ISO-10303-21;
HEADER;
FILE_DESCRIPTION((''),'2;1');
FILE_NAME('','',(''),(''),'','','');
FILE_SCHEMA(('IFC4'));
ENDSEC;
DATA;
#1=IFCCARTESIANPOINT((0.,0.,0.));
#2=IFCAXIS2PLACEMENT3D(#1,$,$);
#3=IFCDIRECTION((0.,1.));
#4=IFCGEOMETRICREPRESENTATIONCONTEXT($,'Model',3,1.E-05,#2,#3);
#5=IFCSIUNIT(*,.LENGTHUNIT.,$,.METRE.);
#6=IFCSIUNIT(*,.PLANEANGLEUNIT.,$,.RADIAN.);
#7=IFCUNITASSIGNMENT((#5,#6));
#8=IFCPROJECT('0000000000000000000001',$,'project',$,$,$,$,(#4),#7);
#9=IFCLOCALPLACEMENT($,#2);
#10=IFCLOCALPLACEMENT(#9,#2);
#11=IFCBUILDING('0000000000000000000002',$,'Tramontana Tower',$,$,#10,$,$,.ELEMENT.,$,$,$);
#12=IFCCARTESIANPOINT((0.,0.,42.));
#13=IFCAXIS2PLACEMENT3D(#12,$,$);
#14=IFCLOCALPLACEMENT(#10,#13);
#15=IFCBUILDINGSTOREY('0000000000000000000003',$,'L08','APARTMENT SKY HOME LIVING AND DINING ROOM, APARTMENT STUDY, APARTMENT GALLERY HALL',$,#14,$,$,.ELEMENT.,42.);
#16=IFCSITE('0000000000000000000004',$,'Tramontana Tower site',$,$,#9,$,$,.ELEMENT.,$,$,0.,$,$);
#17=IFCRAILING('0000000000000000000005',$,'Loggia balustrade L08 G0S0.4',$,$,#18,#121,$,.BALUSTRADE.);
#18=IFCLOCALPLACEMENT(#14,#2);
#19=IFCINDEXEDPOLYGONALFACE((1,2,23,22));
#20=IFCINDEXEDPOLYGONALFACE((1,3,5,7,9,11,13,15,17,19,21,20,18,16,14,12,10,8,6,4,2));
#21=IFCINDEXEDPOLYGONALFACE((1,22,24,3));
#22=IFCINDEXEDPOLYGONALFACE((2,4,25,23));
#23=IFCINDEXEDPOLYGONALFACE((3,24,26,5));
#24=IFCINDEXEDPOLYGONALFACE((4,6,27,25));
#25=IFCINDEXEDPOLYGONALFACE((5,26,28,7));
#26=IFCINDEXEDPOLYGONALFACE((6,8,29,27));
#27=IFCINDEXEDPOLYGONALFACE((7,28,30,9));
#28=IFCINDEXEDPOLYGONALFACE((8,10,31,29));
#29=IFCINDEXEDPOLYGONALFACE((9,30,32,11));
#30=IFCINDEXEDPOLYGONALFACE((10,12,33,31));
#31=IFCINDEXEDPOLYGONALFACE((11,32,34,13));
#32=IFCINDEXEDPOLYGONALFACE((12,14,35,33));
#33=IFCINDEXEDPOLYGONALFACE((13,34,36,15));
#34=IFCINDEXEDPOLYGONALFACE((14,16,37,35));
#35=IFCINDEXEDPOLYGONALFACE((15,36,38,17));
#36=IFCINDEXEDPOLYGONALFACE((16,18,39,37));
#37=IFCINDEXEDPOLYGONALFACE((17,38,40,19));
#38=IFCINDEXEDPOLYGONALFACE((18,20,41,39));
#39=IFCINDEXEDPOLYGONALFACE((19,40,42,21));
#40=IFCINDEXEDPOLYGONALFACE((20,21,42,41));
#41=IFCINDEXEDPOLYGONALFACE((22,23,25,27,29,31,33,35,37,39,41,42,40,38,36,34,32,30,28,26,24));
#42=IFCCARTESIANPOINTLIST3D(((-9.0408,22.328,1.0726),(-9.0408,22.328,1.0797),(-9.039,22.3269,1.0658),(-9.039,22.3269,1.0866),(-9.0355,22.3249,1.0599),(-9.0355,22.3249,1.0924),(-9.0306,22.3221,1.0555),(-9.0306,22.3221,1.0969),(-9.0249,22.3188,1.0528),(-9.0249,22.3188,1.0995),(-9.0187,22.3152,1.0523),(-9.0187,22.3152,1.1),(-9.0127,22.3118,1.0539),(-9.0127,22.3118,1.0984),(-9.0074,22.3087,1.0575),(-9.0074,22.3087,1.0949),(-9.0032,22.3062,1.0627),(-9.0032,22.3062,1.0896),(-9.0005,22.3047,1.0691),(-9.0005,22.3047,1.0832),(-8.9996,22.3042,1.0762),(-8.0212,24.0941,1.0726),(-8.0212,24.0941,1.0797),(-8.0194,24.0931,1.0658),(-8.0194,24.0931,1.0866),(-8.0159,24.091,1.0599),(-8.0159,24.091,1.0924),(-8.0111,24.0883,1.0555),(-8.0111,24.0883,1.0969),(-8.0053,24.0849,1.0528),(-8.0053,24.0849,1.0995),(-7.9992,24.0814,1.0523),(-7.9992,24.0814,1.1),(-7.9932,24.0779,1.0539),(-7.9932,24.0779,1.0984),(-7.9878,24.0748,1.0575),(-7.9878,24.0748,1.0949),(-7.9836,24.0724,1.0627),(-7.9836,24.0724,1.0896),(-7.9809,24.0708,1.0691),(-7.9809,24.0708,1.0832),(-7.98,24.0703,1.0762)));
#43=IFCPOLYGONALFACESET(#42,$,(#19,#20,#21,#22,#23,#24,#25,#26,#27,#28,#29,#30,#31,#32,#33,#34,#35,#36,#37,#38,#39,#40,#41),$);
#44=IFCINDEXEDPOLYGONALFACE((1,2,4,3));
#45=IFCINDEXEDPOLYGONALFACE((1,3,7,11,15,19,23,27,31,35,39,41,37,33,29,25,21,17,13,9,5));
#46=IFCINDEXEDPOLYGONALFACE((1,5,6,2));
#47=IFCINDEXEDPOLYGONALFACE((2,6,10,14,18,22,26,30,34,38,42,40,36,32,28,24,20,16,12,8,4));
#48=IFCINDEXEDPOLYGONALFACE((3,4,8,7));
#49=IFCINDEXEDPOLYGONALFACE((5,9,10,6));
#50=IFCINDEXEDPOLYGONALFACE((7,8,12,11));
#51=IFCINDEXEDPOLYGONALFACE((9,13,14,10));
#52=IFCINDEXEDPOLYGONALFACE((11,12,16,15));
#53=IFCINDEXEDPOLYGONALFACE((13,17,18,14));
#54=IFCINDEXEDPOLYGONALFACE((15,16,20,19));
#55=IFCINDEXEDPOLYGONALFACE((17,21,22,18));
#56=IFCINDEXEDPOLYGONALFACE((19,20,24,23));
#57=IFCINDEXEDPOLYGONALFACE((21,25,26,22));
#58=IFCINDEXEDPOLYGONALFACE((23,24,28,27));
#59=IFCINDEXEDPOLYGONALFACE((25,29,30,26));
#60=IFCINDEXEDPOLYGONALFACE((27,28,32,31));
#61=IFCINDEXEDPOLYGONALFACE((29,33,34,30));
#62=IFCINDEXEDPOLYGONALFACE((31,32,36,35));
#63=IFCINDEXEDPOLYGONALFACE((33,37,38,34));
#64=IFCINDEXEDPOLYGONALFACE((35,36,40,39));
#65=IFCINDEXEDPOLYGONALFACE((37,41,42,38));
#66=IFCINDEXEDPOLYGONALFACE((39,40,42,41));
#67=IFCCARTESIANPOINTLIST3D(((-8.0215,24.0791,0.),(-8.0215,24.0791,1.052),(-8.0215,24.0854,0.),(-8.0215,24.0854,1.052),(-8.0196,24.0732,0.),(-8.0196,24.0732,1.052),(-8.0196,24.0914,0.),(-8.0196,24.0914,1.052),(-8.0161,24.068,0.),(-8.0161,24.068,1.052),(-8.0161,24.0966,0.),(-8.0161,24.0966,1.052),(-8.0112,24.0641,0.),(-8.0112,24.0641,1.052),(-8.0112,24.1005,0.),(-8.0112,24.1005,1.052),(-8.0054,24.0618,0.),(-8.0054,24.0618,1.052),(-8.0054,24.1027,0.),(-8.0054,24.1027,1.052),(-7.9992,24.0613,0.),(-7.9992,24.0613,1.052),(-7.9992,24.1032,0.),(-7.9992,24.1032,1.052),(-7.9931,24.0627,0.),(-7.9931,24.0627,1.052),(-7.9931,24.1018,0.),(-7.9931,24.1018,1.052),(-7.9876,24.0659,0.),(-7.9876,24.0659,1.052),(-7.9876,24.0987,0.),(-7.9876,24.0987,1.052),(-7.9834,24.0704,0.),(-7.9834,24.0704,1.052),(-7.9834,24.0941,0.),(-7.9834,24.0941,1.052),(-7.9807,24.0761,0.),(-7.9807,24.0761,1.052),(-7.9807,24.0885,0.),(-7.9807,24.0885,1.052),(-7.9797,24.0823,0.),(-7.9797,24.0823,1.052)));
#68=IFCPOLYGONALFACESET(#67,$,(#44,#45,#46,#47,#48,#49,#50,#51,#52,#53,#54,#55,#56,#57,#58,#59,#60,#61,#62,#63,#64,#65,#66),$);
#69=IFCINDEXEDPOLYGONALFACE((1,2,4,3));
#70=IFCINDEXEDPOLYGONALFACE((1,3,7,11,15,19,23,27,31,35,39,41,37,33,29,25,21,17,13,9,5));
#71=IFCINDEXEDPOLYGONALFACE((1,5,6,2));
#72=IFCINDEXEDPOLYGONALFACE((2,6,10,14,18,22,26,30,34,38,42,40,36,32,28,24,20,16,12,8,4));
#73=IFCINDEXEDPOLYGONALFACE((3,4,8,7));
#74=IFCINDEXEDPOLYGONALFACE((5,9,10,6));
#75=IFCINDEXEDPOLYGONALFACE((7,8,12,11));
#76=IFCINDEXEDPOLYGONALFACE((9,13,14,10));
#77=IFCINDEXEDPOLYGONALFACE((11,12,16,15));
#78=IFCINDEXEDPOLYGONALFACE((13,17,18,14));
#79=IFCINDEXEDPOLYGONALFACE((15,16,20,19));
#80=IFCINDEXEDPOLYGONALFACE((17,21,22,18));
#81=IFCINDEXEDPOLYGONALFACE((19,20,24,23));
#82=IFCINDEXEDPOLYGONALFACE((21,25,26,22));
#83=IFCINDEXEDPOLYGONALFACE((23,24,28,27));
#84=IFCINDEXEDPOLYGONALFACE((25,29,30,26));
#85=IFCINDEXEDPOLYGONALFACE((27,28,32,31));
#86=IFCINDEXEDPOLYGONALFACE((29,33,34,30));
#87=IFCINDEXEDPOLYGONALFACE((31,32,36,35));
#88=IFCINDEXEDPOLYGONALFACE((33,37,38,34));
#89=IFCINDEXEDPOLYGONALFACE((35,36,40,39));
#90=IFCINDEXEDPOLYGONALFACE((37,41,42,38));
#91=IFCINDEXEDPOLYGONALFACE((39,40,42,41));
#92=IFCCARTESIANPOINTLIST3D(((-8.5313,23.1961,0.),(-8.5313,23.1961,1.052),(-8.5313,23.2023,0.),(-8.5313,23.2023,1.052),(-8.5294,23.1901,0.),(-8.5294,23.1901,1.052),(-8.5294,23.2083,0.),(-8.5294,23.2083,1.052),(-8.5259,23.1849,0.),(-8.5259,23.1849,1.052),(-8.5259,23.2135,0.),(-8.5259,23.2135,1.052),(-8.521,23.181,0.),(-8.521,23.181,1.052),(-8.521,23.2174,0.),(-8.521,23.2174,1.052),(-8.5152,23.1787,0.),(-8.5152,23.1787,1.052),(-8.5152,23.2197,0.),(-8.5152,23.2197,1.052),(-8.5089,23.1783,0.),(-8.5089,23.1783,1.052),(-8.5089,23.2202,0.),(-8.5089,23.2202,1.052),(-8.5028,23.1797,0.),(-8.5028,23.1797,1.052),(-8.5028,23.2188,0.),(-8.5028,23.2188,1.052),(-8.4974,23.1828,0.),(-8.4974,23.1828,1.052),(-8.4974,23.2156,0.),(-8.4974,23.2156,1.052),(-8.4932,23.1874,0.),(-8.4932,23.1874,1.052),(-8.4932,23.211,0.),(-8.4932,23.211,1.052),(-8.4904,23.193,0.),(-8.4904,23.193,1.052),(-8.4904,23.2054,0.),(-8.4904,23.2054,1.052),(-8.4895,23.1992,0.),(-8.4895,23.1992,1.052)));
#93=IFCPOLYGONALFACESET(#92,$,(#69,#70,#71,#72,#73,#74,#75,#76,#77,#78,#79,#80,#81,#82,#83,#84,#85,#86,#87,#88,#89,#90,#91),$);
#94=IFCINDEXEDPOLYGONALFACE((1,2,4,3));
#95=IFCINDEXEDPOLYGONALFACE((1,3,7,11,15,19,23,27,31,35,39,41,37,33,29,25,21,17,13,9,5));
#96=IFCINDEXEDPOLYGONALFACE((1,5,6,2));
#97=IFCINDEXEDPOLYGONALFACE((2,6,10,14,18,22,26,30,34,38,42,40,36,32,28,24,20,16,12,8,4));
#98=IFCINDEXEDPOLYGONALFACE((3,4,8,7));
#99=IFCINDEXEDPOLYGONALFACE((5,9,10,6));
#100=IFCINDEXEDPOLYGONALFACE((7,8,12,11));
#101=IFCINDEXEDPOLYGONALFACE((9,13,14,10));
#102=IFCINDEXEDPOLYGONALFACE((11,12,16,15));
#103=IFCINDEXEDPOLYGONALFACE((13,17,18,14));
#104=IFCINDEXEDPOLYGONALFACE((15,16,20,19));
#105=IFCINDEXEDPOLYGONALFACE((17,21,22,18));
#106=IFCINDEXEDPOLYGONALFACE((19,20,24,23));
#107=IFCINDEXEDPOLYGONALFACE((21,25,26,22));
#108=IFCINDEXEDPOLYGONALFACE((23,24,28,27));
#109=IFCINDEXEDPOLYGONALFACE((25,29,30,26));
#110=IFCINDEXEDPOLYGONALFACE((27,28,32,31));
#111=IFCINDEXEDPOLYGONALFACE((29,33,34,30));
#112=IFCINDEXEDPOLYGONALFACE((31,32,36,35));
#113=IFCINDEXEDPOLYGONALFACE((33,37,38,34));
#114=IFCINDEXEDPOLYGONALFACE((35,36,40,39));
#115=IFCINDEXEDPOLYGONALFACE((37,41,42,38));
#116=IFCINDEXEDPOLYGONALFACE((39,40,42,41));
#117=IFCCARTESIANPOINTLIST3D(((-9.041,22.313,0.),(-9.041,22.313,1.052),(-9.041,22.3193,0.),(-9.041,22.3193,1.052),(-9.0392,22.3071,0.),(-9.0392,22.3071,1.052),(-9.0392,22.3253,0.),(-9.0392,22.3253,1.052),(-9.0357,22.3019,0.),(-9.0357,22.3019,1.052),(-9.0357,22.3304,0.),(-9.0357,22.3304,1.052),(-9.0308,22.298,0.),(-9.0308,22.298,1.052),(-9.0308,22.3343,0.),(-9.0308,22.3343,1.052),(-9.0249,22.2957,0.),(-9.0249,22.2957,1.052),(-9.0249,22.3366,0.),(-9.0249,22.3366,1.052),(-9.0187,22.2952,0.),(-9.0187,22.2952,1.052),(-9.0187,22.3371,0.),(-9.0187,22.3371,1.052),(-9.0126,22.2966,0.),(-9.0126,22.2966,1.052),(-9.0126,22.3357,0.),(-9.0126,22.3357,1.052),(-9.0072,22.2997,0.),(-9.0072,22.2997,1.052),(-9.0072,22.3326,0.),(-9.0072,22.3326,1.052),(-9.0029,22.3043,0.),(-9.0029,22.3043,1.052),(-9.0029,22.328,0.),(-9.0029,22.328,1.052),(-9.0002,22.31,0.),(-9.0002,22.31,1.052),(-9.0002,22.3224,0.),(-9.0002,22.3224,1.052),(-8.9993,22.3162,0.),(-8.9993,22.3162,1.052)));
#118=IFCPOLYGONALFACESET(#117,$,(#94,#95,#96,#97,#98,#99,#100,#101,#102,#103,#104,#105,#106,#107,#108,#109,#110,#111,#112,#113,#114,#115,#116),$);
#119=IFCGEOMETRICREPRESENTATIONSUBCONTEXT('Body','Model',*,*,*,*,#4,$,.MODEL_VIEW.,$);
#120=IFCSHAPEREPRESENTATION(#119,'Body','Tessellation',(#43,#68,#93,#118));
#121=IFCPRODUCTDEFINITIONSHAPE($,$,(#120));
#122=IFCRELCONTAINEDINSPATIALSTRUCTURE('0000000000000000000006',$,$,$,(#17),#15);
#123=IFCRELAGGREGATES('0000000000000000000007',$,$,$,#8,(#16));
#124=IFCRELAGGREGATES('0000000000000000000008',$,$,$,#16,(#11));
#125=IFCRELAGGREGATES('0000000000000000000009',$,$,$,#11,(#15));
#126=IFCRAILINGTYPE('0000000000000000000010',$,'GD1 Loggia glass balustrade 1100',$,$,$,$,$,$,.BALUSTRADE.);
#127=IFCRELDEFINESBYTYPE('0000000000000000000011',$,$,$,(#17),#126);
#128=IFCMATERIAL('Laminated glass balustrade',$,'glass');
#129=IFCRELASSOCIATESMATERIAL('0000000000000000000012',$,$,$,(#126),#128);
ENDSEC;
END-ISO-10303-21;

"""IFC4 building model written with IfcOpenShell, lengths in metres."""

from ifc_helpers import new_model, si_unit, direction, frame, origin, origin_2d, place, context, subcontext, project, spatial, circle, extrude, material, type_object, element, save


model = new_model("IFC4")

# Units and contexts
model_context = context("Model", 3, precision=1e-05, world=origin(), true_north=direction((0.0, 1.0)))
body_context = subcontext(model_context, "Body", "Model", "MODEL_VIEW")
ifc_project = project(units=[si_unit("LENGTHUNIT", "METRE"), si_unit("PLANEANGLEUNIT", "RADIAN")], contexts=[model_context])

# Site, building, storey
site_placement = place(None, origin())
site = spatial("IfcSite", under=ifc_project, at=site_placement, Name="Tramontana Tower site", CompositionType="ELEMENT", RefElevation=0.0)
building_placement = place(site_placement, origin())
building = spatial("IfcBuilding", under=site, at=building_placement, Name="Tramontana Tower", CompositionType="ELEMENT")
storey_placement = place(building_placement, frame((0.0, 0.0, 42.0)))
storey = spatial("IfcBuildingStorey", under=building, at=storey_placement, Name="L08", Description="APARTMENT SKY HOME LIVING AND DINING ROOM, APARTMENT STUDY, APARTMENT GALLERY HALL", CompositionType="ELEMENT", Elevation=42.0)

# Railing
ifc_material_1 = material(Name="Laminated glass balustrade", Category="glass")
railing_type = type_object("IfcRailingType", Name="GD1 Loggia glass balustrade 1100", PredefinedType="BALUSTRADE", material=ifc_material_1)
railing_1_placement = place(storey_placement, frame((-8.0007, 24.0823, 0.0)))
element("IfcRailing", 1, at=railing_1_placement, inside=storey, type_object=railing_type, Name="Loggia balustrade L08 G0S0.4", PredefinedType="BALUSTRADE", context=body_context, shape_type="SweptSolid", body=[
    extrude(circle(Radius=0.0239, at=origin_2d()), frame((0.0, 0.0, 1.0762), z_axis=(-0.49995, -0.866054, 0.0), x_axis=(0.866054, -0.49995, 0.0)), (0.0, 0.0, 1.0), 2.0393),
    extrude(circle(Radius=0.021, at=origin_2d()), origin(), (0.0, 0.0, 1.0), 1.052),
    extrude(circle(Radius=0.021, at=origin_2d()), frame((-0.5098, -0.8831, 0.0)), (0.0, 0.0, 1.0), 1.052),
    extrude(circle(Radius=0.021, at=origin_2d()), frame((-1.0195, -1.7661, 0.0)), (0.0, 0.0, 1.0), 1.052),
])

save(model, "model.ifc")
